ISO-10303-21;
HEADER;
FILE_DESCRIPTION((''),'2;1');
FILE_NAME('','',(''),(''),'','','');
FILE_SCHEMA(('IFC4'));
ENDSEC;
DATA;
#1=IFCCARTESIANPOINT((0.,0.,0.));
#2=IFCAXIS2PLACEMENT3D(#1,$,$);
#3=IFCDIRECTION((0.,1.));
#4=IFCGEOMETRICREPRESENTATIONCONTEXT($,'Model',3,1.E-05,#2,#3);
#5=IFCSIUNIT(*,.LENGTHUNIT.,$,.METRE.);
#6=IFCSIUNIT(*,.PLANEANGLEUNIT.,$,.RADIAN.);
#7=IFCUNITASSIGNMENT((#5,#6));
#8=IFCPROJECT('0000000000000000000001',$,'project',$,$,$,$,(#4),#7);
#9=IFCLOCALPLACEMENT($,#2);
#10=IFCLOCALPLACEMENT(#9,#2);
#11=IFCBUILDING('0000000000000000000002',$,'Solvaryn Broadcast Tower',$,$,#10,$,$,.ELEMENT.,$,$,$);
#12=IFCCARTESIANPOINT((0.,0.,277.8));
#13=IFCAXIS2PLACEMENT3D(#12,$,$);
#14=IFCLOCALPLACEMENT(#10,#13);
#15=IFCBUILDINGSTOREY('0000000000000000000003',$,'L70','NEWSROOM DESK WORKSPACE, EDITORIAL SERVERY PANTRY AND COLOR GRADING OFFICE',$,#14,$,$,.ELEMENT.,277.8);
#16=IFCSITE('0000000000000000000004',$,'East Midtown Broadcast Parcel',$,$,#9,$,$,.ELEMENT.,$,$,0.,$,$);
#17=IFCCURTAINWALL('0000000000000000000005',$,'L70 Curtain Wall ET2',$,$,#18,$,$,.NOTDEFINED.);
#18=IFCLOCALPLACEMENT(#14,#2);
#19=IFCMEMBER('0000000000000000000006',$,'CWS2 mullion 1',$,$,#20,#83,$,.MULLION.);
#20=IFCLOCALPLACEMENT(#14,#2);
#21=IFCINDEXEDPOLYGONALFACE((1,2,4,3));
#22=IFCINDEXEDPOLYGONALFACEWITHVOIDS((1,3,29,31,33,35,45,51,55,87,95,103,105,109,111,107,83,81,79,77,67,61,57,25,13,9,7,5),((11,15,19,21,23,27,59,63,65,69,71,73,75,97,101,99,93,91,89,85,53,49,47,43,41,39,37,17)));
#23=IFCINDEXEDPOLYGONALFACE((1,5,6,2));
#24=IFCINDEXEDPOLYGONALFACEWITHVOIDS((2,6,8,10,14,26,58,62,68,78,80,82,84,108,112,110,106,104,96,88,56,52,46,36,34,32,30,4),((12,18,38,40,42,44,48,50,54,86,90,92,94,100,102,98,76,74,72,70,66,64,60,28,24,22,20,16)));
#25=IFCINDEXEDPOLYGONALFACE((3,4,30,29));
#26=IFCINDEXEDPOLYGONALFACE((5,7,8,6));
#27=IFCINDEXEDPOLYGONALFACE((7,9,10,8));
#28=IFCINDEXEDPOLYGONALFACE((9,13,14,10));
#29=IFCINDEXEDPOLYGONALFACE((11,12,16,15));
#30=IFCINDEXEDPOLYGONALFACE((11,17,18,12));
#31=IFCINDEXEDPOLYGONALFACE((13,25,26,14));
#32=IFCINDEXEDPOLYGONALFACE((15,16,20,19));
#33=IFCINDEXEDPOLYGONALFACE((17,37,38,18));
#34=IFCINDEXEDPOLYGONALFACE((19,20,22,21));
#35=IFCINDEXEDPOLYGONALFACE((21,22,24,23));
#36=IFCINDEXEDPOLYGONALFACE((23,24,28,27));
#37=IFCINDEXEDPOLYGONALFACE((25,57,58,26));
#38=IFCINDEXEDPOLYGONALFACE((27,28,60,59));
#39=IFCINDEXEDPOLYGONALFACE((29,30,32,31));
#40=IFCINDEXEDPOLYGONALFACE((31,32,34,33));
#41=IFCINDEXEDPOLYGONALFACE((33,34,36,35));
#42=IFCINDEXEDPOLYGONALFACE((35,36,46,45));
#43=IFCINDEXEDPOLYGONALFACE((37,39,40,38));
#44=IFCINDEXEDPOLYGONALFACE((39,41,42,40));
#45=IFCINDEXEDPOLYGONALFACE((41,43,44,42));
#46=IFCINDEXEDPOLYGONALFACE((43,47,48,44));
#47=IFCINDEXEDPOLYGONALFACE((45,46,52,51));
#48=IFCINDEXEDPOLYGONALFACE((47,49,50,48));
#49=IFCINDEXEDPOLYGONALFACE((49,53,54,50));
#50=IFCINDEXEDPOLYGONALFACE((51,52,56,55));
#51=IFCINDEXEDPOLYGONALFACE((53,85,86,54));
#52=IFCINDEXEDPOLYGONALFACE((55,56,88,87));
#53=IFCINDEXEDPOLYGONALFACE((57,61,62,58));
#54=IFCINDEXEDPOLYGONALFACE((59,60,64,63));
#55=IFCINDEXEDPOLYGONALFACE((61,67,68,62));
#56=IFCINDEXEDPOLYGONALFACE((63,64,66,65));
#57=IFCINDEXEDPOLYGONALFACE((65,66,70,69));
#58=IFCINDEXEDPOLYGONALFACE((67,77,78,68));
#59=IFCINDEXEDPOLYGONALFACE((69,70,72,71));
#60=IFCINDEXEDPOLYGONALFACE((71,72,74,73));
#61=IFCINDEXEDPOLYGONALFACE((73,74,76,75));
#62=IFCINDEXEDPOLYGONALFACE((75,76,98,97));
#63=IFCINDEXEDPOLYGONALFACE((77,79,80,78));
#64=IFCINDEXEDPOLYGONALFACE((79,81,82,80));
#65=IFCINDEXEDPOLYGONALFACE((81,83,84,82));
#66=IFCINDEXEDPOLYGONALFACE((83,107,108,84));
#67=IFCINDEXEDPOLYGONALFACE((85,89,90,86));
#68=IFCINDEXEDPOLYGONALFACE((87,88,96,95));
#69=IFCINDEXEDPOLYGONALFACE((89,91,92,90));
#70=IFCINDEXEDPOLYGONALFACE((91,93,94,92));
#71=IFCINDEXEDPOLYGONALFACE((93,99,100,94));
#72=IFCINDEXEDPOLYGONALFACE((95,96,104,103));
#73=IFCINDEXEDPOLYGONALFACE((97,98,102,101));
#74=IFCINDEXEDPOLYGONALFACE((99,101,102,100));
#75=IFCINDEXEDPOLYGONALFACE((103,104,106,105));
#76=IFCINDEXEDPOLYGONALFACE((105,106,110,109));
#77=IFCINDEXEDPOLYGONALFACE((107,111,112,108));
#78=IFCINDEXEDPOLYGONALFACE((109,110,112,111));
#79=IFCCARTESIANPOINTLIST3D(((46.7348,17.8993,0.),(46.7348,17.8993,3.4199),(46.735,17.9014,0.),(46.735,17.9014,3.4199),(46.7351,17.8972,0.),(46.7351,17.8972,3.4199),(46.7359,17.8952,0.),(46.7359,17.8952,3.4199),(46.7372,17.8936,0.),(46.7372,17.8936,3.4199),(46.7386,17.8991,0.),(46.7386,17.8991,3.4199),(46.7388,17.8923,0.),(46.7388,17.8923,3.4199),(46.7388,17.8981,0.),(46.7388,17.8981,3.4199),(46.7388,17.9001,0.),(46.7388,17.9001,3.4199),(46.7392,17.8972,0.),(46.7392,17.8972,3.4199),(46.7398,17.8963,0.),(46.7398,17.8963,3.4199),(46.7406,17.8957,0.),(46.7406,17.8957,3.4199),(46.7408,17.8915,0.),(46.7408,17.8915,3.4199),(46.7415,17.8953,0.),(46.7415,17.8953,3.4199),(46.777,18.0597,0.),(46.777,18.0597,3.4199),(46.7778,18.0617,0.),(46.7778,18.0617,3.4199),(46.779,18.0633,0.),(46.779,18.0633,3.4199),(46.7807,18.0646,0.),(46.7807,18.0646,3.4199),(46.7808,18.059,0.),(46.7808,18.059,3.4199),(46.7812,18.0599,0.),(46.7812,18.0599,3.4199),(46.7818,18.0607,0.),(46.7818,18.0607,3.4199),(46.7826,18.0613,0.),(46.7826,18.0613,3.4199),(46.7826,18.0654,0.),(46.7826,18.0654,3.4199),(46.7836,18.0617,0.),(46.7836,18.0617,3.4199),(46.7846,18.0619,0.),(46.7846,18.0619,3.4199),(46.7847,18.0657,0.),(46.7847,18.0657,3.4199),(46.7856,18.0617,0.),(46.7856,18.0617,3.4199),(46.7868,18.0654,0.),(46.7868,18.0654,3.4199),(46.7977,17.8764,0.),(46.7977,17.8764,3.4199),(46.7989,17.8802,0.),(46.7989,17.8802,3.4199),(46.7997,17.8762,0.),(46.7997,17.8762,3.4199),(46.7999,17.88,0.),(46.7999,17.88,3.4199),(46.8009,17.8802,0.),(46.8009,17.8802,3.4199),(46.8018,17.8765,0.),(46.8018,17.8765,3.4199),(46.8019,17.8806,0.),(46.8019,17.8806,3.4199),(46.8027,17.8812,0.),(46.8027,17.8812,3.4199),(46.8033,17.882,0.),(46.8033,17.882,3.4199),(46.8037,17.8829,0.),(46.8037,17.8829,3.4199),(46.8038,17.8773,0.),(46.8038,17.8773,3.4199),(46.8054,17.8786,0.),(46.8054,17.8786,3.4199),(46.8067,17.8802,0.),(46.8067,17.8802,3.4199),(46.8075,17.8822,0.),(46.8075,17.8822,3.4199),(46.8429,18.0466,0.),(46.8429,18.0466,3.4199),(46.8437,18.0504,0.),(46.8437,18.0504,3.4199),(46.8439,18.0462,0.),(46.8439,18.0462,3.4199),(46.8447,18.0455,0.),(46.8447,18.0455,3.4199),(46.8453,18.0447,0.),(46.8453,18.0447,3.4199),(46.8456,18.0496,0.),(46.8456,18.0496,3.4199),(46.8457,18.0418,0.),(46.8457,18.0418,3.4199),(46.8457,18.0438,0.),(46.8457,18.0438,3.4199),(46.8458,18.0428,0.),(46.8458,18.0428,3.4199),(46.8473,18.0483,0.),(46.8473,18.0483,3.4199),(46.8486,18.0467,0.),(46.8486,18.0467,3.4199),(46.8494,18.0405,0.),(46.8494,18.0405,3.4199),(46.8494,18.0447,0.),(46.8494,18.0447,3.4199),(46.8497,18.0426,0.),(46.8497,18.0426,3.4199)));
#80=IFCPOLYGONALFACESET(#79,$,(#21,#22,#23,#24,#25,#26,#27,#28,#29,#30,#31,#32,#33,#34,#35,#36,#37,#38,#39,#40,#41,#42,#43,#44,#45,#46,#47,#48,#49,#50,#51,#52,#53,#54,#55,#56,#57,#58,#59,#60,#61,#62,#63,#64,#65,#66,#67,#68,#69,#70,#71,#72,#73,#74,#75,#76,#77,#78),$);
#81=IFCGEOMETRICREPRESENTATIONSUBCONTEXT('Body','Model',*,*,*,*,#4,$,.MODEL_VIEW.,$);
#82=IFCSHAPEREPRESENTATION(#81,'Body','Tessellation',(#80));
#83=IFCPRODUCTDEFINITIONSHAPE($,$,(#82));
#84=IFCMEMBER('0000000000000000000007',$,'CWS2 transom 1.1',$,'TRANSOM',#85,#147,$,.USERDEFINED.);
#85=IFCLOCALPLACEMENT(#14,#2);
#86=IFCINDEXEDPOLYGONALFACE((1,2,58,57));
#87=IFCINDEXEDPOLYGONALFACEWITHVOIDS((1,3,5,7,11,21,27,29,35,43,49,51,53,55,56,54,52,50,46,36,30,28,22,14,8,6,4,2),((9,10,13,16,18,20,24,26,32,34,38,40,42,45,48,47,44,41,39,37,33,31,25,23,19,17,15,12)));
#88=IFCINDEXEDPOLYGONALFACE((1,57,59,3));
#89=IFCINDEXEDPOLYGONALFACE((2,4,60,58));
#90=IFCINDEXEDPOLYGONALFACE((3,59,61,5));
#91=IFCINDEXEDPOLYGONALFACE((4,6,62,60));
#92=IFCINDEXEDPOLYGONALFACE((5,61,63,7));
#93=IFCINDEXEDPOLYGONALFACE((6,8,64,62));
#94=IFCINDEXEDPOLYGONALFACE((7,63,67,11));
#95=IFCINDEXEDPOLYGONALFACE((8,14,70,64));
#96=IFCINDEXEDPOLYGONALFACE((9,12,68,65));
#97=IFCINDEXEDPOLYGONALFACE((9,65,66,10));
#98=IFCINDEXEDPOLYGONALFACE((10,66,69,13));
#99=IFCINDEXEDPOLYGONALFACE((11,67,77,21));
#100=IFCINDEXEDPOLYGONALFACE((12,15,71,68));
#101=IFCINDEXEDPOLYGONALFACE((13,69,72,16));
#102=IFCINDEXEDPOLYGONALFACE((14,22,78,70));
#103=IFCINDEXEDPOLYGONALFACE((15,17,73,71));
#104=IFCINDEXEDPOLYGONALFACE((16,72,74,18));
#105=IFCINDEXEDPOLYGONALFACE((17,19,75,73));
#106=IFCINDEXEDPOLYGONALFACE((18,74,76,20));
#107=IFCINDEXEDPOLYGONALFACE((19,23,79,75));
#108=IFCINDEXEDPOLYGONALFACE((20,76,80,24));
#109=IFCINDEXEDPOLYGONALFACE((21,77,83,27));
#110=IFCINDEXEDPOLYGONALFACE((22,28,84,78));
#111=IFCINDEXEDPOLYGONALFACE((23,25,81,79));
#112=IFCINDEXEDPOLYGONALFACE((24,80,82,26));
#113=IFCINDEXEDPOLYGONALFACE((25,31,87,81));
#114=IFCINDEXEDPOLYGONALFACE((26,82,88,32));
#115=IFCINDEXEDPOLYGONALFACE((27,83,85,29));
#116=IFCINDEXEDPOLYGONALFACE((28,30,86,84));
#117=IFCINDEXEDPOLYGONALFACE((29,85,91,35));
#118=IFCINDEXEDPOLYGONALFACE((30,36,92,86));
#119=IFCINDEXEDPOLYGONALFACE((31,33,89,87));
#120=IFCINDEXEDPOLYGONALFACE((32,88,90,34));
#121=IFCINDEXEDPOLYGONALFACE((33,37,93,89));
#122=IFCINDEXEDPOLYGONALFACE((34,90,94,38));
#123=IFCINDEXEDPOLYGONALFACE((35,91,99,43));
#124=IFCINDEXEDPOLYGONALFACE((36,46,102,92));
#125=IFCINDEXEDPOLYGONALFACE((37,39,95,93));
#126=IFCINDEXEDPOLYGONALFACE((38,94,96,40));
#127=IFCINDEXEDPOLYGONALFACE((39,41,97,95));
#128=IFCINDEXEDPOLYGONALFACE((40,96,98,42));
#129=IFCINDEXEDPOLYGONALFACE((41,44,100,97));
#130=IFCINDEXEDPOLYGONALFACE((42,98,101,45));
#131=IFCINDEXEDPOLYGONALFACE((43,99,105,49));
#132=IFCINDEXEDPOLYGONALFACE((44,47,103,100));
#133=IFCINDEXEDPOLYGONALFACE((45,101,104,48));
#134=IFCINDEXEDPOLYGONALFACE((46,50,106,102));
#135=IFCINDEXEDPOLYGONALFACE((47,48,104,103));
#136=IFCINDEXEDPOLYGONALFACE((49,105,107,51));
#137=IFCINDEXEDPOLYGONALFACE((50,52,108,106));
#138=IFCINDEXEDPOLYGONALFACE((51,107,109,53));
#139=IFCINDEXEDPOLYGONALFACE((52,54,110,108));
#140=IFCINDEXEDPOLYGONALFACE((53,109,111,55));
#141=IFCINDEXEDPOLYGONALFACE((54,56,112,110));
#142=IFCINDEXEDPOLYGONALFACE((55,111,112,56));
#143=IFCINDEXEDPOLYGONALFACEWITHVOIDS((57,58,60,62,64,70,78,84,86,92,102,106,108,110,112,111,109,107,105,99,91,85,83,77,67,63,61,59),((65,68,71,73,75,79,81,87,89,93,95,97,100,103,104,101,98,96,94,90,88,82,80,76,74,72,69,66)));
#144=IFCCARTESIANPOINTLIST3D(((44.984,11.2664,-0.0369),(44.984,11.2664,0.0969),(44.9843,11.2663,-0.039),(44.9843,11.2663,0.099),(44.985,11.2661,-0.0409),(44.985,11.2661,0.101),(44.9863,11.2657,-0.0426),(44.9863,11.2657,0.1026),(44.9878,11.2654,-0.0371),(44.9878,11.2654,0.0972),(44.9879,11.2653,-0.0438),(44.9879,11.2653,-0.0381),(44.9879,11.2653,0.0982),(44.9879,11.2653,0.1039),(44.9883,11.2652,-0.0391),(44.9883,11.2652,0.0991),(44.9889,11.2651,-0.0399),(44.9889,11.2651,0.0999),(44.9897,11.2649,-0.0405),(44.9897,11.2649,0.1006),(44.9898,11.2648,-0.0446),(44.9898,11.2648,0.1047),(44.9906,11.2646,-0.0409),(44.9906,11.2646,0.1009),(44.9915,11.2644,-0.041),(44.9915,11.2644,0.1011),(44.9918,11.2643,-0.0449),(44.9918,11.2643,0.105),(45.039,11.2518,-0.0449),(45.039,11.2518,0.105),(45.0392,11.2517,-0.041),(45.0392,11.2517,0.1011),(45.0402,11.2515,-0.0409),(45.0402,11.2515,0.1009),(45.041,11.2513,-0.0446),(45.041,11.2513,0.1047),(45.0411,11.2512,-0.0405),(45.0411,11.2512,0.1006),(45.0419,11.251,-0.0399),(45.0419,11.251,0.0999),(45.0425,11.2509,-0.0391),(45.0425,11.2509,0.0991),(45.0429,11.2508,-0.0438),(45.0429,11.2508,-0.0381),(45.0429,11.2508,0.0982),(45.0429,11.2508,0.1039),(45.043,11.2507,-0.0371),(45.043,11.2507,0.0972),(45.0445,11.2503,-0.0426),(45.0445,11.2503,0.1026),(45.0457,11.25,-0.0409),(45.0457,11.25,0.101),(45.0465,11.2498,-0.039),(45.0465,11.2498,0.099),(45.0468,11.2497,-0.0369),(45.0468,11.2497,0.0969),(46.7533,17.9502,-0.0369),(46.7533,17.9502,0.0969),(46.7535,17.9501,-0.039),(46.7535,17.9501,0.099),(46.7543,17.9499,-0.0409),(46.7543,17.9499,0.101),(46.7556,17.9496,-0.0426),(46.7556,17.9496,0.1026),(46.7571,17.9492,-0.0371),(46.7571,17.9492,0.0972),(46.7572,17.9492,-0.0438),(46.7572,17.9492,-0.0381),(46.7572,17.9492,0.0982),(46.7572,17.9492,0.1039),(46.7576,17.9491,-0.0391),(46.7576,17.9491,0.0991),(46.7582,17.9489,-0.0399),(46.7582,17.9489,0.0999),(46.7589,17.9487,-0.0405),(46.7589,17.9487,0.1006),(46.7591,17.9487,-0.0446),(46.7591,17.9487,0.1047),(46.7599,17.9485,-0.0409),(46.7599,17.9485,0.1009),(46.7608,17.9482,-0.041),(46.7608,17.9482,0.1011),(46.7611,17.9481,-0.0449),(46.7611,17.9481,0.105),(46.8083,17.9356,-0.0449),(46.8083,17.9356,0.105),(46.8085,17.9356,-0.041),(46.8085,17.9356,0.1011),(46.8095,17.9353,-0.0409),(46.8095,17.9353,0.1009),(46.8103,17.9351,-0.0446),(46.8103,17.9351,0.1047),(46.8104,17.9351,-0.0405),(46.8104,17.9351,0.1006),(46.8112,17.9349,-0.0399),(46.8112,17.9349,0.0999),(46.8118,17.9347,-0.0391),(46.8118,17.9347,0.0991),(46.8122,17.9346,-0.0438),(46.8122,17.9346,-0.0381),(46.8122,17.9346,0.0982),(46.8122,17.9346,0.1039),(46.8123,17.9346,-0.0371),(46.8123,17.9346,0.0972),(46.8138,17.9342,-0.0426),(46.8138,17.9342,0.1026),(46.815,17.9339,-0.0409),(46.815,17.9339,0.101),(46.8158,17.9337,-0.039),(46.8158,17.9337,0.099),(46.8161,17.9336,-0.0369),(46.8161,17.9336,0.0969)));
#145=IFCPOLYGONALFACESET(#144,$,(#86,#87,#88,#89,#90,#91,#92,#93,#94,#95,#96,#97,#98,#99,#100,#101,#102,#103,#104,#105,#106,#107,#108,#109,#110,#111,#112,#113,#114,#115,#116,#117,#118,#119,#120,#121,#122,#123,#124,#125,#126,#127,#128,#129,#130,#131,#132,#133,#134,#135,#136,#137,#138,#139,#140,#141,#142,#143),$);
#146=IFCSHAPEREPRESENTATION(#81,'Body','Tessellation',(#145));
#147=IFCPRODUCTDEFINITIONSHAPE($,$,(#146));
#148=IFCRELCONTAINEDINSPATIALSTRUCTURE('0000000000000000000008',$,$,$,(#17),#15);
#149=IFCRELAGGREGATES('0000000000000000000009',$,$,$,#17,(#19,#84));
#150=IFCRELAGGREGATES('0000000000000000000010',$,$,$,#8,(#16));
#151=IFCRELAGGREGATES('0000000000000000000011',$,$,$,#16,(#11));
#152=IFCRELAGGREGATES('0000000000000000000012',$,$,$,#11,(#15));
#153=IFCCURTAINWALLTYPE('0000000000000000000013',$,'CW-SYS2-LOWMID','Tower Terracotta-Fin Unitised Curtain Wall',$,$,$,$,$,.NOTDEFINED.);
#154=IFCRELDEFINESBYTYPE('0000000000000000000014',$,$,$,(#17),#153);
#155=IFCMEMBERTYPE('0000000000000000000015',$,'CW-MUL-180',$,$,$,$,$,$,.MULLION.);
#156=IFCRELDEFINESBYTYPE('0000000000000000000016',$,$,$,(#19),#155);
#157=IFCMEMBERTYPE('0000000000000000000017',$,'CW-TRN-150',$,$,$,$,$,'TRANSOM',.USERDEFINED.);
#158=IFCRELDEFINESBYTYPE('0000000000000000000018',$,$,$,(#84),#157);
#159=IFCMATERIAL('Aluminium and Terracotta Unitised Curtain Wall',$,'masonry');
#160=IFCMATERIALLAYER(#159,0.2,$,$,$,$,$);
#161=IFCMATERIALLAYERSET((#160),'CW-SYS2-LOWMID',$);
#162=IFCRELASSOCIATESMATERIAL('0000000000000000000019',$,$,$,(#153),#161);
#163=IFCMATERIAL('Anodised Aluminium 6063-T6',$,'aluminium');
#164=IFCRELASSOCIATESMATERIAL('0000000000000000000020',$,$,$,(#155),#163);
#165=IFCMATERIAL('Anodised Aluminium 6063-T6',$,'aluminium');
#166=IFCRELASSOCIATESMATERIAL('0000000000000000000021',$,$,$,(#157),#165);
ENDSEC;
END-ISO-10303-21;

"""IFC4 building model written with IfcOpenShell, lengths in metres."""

from ifc_helpers import new_model, si_unit, direction, frame, origin, origin_2d, place, context, subcontext, project, spatial, hollow_rectangle, extrude, material, layer, layer_set, material_profile, profile_set, type_object, element, aggregate, save


model = new_model("IFC4")

# Units and contexts
model_context = context("Model", 3, precision=1e-05, world=origin(), true_north=direction((0.0, 1.0)))
body_context = subcontext(model_context, "Body", "Model", "MODEL_VIEW")
ifc_project = project(units=[si_unit("LENGTHUNIT", "METRE"), si_unit("PLANEANGLEUNIT", "RADIAN")], contexts=[model_context])

# Site, building, storey
site_placement = place(None, origin())
site = spatial("IfcSite", under=ifc_project, at=site_placement, Name="East Midtown Broadcast Parcel", CompositionType="ELEMENT", RefElevation=0.0)
building_placement = place(site_placement, origin())
building = spatial("IfcBuilding", under=site, at=building_placement, Name="Solvaryn Broadcast Tower", CompositionType="ELEMENT")
storey_placement = place(building_placement, frame((0.0, 0.0, 277.8)))
storey = spatial("IfcBuildingStorey", under=building, at=storey_placement, Name="L70", Description="NEWSROOM DESK WORKSPACE, EDITORIAL SERVERY PANTRY AND COLOR GRADING OFFICE", CompositionType="ELEMENT", Elevation=277.8)

# Shared definitions
ifc_material_1 = material(Name="Aluminium and Terracotta Unitised Curtain Wall", Category="masonry")
ifc_layer_1 = layer(ifc_material_1, 0.2)
ifc_layer_set_1 = layer_set([ifc_layer_1], Name="CW-SYS2-LOWMID")
curtain_wall_type = type_object("IfcCurtainWallType", Name="CW-SYS2-LOWMID", Description="Tower Terracotta-Fin Unitised Curtain Wall", PredefinedType="NOTDEFINED", material=ifc_layer_set_1)
ifc_material_2 = material(Name="Anodised Aluminium 6063-T6", Category="aluminium")
ifc_material_profile_1 = material_profile(ifc_material_2, hollow_rectangle(XDim=0.075, YDim=0.1799, WallThickness=0.0039, InnerFilletRadius=0.0039, OuterFilletRadius=0.0081, at=origin_2d()))
ifc_profile_set_1 = profile_set([ifc_material_profile_1], Name="Anodised Aluminium 6063-T6")
member_type_1 = type_object("IfcMemberType", Name="CW-MUL-180", PredefinedType="MULLION", material=ifc_profile_set_1)

# Curtain wall, members
curtain_wall_1_placement = place(storey_placement, origin())
curtain_wall_1 = element("IfcCurtainWall", 1, at=curtain_wall_1_placement, inside=storey, type_object=curtain_wall_type, Name="L70 Curtain Wall ET2", PredefinedType="NOTDEFINED")
member_1_placement = place(storey_placement, frame((46.7922, 17.9709, 0.0), z_axis=(0.0, 0.0, 1.0), x_axis=(0.966705, -0.255893, 0.0)))
member_1 = element("IfcMember", 2, at=member_1_placement, type_object=member_type_1, Name="CWS2 mullion 1", PredefinedType="MULLION", context=body_context, shape_type="SweptSolid", body=[
    extrude(hollow_rectangle(XDim=0.075, YDim=0.1799, WallThickness=0.0039, InnerFilletRadius=0.0039, OuterFilletRadius=0.0081, at=origin_2d()), origin(), (0.0, 0.0, 1.0), 3.4199),
])
ifc_material_3 = material(Name="Anodised Aluminium 6063-T6", Category="aluminium")
ifc_material_profile_2 = material_profile(ifc_material_3, hollow_rectangle(XDim=0.0649, YDim=0.1499, WallThickness=0.0039, InnerFilletRadius=0.0039, OuterFilletRadius=0.0081, at=origin_2d()))
ifc_profile_set_2 = profile_set([ifc_material_profile_2], Name="Anodised Aluminium 6063-T6")
member_type_2 = type_object("IfcMemberType", Name="CW-TRN-150", ElementType="TRANSOM", PredefinedType="USERDEFINED", material=ifc_profile_set_2)
member_2_placement = place(storey_placement, frame((46.7847, 17.9419, 0.03), z_axis=(-0.255897, -0.966704, 0.0), x_axis=(0.966704, -0.255897, 0.0)))
member_2 = element("IfcMember", 3, at=member_2_placement, type_object=member_type_2, Name="CWS2 transom 1.1", ObjectType="TRANSOM", PredefinedType="USERDEFINED", context=body_context, shape_type="SweptSolid", body=[
    extrude(hollow_rectangle(XDim=0.0649, YDim=0.1499, WallThickness=0.0039, InnerFilletRadius=0.0039, OuterFilletRadius=0.0081, at=origin_2d()), origin(), (0.0, 0.0, 1.0), 6.9141),
])

aggregate(curtain_wall_1, [member_1, member_2])

save(model, "model.ifc")
